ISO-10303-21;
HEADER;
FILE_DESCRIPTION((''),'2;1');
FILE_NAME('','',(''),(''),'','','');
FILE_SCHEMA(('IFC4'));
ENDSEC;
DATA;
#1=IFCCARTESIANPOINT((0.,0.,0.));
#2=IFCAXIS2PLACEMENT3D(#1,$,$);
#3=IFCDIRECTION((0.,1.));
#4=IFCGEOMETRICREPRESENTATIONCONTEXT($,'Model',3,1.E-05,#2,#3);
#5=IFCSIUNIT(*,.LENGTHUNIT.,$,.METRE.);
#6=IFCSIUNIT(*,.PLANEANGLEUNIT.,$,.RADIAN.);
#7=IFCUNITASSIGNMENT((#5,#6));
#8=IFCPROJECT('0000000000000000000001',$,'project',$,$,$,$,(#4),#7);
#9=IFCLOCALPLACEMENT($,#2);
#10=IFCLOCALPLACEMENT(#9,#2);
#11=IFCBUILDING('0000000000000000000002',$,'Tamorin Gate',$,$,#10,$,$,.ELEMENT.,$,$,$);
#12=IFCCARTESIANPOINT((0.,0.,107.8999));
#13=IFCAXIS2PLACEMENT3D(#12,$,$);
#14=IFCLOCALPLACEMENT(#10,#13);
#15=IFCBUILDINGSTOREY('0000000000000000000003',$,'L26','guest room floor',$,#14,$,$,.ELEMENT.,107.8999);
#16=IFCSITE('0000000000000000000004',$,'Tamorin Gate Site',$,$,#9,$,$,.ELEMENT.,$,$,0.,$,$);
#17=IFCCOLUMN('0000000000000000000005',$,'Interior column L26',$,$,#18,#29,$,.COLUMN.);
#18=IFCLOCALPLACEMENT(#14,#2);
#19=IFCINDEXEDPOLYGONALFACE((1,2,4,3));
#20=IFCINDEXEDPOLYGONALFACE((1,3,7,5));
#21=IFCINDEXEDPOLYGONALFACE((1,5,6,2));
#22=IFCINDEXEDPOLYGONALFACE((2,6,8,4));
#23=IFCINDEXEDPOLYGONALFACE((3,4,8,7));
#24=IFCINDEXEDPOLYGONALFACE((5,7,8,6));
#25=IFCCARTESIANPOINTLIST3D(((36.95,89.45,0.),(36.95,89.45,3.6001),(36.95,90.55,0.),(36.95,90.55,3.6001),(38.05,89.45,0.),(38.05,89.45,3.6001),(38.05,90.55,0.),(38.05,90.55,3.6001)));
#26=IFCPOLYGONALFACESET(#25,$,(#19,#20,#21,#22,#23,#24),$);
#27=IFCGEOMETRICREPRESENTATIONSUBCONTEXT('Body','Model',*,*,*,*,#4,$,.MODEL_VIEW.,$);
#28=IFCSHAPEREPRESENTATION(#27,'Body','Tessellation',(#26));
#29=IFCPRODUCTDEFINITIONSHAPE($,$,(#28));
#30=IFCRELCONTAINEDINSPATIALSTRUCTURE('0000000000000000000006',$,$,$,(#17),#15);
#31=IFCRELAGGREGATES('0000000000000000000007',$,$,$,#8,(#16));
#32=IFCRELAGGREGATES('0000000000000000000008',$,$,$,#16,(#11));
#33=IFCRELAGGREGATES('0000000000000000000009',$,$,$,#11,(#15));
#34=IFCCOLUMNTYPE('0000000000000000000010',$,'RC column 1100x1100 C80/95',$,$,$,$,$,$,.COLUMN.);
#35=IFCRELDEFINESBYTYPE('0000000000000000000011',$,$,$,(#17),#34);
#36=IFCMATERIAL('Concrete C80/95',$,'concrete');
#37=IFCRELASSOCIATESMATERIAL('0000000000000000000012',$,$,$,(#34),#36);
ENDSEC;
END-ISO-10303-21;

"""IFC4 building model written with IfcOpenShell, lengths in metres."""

from ifc_helpers import new_model, si_unit, direction, frame, origin, origin_2d, place, context, subcontext, project, spatial, rectangle, extrude, material, material_profile, profile_set, type_object, element, save


model = new_model("IFC4")

# Units and contexts
model_context = context("Model", 3, precision=1e-05, world=origin(), true_north=direction((0.0, 1.0)))
body_context = subcontext(model_context, "Body", "Model", "MODEL_VIEW")
ifc_project = project(units=[si_unit("LENGTHUNIT", "METRE"), si_unit("PLANEANGLEUNIT", "RADIAN")], contexts=[model_context])

# Site, building, storey
site_placement = place(None, origin())
site = spatial("IfcSite", under=ifc_project, at=site_placement, Name="Tamorin Gate Site", CompositionType="ELEMENT", RefElevation=0.0)
building_placement = place(site_placement, origin())
building = spatial("IfcBuilding", under=site, at=building_placement, Name="Tamorin Gate", CompositionType="ELEMENT")
storey_placement = place(building_placement, frame((0.0, 0.0, 107.8999)))
storey = spatial("IfcBuildingStorey", under=building, at=storey_placement, Name="L26", Description="guest room floor", CompositionType="ELEMENT", Elevation=107.8999)

# Column
ifc_material_1 = material(Name="Concrete C80/95", Category="concrete")
ifc_material_profile = material_profile(ifc_material_1, rectangle(XDim=1.1001, YDim=1.1001, at=origin_2d()), Name="RC 1100x1100")
ifc_profile_set = profile_set([ifc_material_profile], Name="Concrete C80/95")
column_type = type_object("IfcColumnType", Name="RC column 1100x1100 C80/95", PredefinedType="COLUMN", material=ifc_profile_set)
column_placement = place(storey_placement, frame((37.5, 90.0, 0.0), z_axis=(0.0, 0.0, 1.0), x_axis=(1.0, 0.0, 0.0)))
element("IfcColumn", 1, at=column_placement, inside=storey, type_object=column_type, Name="Interior column L26", PredefinedType="COLUMN", context=body_context, shape_type="SweptSolid", body=[
    extrude(rectangle(XDim=1.1001, YDim=1.1001, at=origin_2d()), origin(), (0.0, 0.0, 1.0), 3.6001),
])

save(model, "model.ifc")
